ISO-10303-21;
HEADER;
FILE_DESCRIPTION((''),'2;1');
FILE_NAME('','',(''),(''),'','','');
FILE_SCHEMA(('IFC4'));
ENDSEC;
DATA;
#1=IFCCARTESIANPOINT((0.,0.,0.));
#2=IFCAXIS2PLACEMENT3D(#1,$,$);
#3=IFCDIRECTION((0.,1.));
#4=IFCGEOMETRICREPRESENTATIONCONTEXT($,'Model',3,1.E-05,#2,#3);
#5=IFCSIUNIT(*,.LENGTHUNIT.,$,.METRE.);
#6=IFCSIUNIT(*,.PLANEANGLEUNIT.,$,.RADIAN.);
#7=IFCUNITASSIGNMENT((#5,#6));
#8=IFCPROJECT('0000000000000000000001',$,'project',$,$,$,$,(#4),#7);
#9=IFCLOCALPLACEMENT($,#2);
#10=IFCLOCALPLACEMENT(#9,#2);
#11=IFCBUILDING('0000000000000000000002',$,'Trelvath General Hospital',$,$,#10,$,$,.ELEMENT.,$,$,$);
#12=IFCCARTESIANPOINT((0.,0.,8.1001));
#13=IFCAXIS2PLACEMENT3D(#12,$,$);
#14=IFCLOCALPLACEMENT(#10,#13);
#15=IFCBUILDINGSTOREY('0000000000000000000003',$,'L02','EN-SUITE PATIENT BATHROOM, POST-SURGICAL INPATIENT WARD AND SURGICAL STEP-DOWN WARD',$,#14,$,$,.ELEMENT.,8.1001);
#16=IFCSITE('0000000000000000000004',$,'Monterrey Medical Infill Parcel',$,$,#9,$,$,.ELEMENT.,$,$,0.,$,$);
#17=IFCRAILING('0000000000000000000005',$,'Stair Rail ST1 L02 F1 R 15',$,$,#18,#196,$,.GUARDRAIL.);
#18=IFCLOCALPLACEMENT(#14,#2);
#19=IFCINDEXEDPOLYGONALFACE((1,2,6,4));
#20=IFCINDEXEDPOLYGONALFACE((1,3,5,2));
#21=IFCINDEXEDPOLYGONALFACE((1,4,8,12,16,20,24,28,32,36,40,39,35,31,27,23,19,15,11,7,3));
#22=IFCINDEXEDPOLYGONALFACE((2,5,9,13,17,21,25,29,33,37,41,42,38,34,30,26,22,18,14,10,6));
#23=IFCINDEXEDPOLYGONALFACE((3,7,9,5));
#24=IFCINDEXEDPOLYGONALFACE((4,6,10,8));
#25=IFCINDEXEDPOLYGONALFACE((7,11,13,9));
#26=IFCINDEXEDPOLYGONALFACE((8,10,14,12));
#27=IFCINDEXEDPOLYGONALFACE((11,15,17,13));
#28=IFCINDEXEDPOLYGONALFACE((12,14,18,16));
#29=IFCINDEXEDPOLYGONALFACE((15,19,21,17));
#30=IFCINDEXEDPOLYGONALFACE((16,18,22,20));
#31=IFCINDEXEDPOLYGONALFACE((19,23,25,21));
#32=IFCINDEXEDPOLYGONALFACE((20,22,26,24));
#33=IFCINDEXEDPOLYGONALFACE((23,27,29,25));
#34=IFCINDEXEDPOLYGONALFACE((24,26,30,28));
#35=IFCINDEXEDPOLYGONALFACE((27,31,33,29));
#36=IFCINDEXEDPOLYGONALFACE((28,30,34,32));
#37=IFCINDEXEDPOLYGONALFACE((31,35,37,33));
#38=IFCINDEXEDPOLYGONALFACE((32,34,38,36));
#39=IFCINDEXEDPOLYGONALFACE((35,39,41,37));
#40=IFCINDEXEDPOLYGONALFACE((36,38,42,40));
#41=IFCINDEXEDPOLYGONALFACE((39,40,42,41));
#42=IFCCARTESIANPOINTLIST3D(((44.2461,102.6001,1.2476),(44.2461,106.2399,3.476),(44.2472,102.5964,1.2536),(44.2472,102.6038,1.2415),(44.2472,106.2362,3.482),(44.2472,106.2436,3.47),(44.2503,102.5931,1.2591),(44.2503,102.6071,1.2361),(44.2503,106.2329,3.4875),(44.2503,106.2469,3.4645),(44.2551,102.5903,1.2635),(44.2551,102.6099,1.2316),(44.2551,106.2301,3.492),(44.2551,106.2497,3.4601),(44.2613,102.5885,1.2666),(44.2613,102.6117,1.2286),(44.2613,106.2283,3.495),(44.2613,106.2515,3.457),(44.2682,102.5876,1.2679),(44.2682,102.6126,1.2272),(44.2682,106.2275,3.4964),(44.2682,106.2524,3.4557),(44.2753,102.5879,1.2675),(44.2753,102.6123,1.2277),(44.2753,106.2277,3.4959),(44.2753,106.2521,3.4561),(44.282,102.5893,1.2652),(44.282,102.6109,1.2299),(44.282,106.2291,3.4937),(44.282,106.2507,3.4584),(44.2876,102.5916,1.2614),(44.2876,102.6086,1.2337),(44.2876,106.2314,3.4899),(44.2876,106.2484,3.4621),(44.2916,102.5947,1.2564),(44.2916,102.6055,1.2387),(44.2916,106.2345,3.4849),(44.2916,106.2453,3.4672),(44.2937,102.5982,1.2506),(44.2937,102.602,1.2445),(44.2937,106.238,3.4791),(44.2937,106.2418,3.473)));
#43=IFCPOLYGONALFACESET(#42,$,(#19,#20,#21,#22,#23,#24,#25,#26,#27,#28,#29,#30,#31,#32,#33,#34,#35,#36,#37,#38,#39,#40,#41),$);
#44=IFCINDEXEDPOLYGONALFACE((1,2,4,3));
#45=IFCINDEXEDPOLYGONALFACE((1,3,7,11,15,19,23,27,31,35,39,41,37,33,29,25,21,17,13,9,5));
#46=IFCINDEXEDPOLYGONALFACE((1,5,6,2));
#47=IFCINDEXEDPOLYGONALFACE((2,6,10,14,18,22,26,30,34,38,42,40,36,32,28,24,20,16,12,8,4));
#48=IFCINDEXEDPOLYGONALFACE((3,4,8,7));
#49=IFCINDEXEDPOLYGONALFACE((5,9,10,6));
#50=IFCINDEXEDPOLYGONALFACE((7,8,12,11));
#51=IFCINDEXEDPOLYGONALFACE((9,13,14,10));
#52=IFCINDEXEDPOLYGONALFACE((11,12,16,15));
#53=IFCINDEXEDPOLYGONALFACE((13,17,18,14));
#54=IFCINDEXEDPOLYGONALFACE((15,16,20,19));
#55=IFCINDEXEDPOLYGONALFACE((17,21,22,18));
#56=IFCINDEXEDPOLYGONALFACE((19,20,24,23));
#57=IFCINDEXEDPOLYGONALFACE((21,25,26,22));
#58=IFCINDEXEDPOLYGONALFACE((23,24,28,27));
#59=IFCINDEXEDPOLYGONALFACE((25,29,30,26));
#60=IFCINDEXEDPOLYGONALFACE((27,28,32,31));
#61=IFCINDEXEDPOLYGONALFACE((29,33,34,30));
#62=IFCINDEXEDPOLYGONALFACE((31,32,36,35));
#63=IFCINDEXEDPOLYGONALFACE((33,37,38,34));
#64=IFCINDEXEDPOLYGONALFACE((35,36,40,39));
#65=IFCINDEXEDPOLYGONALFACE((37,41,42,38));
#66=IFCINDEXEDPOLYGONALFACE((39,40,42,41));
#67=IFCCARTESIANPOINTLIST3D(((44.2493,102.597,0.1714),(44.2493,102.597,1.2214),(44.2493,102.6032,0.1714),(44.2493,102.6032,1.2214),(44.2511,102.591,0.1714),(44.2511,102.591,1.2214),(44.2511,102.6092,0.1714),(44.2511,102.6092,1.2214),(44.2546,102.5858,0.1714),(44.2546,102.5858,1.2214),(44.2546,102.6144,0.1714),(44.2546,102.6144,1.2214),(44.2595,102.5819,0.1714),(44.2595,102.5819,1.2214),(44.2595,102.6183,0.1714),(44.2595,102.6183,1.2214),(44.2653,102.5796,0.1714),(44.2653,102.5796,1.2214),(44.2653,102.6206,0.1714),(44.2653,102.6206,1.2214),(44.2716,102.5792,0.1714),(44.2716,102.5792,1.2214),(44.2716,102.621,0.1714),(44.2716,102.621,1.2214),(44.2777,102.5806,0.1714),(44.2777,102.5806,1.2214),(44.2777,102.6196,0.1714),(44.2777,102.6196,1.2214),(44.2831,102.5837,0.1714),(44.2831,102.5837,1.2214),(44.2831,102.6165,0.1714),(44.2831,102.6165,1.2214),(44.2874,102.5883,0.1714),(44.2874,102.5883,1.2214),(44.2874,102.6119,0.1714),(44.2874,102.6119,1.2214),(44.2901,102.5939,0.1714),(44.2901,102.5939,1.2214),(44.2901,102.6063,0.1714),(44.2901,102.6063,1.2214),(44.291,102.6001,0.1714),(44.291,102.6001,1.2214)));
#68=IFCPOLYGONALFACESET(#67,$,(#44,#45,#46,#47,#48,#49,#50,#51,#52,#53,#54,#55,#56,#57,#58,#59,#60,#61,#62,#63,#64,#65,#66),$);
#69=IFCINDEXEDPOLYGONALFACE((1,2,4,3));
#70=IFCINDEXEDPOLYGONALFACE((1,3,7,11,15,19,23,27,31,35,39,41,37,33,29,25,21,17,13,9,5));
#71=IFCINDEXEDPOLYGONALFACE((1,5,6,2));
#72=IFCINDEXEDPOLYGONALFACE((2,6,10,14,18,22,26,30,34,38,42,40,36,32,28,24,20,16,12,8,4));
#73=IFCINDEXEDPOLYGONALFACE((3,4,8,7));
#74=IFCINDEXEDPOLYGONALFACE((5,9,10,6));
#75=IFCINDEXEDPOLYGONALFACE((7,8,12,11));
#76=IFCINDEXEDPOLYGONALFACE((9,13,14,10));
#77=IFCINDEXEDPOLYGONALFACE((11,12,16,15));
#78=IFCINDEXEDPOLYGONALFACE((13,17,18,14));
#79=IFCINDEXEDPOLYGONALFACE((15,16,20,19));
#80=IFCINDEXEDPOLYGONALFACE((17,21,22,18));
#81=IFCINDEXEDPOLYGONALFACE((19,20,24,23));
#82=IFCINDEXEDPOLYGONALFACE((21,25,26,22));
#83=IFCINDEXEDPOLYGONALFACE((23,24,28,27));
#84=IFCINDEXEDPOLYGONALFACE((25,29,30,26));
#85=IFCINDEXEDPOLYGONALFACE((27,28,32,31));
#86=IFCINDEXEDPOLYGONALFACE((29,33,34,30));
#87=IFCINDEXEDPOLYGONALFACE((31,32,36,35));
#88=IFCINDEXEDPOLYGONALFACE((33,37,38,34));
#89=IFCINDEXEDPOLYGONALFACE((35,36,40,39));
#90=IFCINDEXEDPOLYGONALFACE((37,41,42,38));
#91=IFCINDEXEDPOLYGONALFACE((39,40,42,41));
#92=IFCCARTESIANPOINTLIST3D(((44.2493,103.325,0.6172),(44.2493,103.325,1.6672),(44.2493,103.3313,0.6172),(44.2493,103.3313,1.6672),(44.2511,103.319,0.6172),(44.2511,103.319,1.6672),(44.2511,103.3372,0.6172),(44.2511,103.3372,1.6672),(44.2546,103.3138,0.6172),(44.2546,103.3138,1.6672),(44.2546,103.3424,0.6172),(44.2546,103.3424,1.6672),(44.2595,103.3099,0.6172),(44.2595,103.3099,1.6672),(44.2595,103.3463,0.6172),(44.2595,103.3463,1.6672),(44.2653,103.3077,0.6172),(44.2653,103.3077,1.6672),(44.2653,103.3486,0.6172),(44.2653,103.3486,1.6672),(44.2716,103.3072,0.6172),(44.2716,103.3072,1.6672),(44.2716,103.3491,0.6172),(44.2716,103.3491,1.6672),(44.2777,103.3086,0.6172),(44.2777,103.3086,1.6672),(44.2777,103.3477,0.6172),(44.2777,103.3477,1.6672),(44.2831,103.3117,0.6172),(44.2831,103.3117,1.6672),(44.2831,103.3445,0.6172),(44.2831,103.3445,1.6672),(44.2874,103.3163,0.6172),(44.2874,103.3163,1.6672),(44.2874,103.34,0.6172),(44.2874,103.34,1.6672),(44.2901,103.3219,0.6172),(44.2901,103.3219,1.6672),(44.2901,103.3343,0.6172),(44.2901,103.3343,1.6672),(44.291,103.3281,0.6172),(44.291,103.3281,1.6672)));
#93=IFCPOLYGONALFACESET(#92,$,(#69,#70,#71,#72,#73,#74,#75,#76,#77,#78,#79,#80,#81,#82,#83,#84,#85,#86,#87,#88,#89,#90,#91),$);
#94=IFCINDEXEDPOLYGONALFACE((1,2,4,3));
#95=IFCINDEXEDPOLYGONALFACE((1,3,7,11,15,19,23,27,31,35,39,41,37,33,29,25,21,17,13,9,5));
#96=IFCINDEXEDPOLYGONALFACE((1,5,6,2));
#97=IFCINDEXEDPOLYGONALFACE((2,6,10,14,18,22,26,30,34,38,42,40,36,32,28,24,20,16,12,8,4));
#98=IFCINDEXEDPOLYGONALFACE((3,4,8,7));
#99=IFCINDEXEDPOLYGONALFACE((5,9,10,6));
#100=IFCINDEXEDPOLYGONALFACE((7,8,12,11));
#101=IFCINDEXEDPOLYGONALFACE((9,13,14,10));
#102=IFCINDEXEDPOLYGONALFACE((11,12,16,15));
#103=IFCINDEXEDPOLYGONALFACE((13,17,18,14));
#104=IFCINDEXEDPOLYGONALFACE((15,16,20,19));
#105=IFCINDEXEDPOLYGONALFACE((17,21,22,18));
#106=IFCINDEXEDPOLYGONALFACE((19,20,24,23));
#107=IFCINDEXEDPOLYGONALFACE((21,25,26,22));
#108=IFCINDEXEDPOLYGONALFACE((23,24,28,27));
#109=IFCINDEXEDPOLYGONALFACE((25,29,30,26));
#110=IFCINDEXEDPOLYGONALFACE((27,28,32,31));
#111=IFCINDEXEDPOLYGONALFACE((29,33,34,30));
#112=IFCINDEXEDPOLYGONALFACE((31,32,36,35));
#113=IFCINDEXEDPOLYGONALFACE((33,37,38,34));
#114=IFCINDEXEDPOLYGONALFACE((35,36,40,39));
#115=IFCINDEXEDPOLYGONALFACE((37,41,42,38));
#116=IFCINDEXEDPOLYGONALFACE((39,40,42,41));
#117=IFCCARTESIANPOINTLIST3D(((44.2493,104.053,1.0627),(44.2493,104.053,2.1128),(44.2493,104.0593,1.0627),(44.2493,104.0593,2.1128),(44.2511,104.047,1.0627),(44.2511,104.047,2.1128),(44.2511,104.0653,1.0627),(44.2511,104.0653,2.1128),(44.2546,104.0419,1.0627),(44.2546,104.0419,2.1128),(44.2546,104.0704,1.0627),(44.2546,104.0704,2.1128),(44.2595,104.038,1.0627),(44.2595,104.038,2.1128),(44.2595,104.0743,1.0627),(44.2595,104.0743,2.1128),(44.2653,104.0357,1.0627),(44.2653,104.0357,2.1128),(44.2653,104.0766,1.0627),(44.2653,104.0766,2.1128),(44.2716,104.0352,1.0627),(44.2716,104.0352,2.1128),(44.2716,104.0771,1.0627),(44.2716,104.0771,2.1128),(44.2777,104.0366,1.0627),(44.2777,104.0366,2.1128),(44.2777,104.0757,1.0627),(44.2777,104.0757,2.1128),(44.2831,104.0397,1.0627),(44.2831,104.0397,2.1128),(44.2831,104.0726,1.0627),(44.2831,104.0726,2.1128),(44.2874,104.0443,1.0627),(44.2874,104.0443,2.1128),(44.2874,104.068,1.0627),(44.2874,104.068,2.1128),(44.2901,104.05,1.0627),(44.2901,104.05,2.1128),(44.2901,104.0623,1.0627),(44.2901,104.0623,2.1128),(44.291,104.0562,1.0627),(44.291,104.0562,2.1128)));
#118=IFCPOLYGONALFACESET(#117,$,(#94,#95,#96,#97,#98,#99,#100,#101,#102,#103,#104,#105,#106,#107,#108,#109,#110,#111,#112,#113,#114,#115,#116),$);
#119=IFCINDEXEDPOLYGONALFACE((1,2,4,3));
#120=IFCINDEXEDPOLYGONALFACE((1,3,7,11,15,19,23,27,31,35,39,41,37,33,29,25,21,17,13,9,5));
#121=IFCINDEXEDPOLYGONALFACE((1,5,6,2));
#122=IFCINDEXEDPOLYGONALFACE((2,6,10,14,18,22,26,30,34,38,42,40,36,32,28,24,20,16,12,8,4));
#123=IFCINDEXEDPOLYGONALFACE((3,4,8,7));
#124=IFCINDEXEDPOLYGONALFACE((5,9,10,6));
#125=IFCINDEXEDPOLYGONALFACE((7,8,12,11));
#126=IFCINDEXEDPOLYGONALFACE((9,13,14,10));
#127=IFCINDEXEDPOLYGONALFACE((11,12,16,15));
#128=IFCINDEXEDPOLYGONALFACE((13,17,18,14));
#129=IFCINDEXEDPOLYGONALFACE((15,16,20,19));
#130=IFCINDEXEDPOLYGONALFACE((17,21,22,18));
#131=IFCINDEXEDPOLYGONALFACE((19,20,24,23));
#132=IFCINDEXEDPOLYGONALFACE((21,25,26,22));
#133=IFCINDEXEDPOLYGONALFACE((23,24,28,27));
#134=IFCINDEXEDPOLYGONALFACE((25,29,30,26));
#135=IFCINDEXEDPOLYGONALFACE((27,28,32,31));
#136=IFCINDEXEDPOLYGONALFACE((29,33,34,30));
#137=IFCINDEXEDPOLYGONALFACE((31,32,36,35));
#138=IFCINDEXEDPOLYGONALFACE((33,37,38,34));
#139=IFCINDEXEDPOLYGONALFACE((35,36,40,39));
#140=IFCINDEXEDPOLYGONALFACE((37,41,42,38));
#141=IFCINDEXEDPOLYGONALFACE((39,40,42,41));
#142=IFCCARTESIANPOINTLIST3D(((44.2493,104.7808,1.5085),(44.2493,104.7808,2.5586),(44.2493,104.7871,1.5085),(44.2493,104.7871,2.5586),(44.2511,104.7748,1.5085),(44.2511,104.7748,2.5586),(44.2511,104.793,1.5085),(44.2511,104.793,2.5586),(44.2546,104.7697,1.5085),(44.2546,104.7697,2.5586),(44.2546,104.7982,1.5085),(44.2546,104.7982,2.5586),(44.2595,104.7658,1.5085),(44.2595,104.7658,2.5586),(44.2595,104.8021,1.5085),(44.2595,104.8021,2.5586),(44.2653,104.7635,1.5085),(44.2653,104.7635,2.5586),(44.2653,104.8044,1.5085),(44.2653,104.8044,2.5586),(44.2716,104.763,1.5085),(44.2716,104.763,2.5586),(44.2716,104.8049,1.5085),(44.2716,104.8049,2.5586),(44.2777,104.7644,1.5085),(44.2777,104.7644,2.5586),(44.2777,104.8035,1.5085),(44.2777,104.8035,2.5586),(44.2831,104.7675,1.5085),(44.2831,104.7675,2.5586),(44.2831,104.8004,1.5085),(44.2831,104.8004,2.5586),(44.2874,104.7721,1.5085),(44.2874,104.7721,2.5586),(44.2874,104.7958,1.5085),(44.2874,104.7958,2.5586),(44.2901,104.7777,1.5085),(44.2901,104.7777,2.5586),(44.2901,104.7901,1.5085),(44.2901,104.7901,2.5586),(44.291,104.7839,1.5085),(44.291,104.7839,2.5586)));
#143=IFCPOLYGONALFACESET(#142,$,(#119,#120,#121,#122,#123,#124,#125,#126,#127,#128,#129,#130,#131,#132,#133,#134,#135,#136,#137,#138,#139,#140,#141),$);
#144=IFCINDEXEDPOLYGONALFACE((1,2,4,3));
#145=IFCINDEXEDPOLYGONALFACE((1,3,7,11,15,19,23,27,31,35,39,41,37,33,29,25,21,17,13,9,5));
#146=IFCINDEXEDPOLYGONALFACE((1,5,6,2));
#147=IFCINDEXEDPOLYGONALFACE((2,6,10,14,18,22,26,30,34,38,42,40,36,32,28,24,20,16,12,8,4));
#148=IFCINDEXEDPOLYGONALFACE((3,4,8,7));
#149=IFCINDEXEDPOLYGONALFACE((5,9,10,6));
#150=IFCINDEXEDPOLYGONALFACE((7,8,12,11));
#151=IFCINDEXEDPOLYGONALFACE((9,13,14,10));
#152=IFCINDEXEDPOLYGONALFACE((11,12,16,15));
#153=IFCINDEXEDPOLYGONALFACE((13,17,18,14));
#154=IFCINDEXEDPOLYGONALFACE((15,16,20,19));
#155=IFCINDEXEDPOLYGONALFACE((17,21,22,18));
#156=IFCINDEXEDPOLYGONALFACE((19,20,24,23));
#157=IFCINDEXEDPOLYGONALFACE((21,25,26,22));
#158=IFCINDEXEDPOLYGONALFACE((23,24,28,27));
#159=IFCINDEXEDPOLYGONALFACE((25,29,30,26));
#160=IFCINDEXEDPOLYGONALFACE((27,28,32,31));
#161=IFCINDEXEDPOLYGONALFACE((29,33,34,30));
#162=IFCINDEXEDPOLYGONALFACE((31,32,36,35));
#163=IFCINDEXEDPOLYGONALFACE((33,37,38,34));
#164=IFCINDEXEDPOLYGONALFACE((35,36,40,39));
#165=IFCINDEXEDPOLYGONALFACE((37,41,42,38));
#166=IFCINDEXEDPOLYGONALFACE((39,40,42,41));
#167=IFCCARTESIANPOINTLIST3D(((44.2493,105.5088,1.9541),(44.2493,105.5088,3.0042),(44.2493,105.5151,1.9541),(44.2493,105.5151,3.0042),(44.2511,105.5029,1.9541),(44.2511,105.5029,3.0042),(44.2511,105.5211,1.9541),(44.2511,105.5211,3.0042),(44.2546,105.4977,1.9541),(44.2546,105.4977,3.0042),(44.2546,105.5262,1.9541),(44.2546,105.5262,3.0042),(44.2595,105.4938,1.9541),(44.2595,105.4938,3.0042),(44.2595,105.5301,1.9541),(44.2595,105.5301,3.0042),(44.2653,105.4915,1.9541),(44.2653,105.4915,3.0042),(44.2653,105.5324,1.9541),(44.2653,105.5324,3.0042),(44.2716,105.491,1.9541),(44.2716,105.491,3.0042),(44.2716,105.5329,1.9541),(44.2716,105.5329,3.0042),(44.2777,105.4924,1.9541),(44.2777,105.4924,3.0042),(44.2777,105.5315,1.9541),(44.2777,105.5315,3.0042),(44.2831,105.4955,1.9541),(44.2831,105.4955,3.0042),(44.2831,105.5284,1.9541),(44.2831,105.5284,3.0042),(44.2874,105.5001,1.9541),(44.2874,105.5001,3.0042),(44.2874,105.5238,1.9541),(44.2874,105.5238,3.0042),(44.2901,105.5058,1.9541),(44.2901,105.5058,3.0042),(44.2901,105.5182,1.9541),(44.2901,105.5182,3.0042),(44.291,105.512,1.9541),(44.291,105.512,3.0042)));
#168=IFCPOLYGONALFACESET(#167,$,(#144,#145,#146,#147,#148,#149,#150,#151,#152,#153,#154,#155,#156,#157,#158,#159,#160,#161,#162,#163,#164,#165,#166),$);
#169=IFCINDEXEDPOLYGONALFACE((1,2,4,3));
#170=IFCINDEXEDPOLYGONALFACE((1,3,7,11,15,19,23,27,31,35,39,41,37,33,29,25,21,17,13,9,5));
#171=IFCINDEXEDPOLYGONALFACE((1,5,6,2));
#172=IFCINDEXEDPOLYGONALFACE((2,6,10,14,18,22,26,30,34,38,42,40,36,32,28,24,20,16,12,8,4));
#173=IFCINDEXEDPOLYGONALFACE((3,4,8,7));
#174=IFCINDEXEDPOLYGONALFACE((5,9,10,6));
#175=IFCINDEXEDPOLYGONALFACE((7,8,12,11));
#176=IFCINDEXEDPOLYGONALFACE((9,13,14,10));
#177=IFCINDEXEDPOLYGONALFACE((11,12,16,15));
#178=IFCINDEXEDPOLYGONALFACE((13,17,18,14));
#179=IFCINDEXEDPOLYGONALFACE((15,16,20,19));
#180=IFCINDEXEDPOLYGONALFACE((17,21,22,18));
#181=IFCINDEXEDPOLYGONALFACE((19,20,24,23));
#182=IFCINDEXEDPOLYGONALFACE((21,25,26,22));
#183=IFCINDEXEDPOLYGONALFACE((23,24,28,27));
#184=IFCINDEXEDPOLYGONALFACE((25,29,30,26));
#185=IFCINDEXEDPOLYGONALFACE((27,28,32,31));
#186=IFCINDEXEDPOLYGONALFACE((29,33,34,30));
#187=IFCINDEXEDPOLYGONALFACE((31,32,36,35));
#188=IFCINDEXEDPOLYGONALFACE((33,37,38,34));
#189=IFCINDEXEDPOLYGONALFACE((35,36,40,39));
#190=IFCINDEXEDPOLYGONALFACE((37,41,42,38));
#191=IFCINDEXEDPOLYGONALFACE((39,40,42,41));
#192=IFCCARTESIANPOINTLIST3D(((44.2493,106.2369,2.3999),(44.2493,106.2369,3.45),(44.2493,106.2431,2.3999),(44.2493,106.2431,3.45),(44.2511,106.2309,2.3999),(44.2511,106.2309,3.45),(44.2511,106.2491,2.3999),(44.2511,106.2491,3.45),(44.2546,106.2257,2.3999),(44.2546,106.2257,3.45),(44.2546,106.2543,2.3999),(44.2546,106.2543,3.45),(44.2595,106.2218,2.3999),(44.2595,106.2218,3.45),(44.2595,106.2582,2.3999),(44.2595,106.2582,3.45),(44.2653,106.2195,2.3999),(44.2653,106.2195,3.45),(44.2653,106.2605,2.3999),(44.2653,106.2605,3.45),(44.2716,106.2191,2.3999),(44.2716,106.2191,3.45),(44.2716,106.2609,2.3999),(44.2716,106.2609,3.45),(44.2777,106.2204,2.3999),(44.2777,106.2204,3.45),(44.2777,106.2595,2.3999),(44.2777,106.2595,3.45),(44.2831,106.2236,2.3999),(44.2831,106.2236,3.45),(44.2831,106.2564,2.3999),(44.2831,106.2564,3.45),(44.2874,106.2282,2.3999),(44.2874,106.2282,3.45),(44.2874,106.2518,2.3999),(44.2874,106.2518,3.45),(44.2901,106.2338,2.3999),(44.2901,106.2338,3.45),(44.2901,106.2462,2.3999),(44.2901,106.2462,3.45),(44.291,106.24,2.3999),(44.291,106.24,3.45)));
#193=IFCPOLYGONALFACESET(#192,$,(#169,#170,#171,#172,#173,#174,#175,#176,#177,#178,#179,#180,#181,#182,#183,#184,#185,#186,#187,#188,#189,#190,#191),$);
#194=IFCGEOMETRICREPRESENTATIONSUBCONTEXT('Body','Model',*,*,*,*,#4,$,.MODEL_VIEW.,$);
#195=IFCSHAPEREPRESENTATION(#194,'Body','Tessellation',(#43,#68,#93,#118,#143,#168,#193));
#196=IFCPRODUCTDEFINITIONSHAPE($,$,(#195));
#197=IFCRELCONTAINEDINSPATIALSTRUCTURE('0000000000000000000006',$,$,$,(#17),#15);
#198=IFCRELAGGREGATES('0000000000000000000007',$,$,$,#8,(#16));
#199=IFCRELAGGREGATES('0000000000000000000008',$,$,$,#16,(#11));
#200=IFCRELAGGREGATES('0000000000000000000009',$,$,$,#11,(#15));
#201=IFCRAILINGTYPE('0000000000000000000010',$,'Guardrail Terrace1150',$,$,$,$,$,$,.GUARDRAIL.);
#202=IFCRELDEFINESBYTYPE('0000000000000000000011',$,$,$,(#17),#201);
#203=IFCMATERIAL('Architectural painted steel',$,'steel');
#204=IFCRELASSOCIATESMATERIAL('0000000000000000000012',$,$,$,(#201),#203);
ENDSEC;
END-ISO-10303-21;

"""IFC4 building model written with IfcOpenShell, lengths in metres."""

from ifc_helpers import new_model, si_unit, direction, frame, origin, origin_2d, place, context, subcontext, project, spatial, circle, extrude, material, type_object, element, save


model = new_model("IFC4")

# Units and contexts
model_context = context("Model", 3, precision=1e-05, world=origin(), true_north=direction((0.0, 1.0)))
body_context = subcontext(model_context, "Body", "Model", "MODEL_VIEW")
ifc_project = project(units=[si_unit("LENGTHUNIT", "METRE"), si_unit("PLANEANGLEUNIT", "RADIAN")], contexts=[model_context])

# Site, building, storey
site_placement = place(None, origin())
site = spatial("IfcSite", under=ifc_project, at=site_placement, Name="Monterrey Medical Infill Parcel", CompositionType="ELEMENT", RefElevation=0.0)
building_placement = place(site_placement, origin())
building = spatial("IfcBuilding", under=site, at=building_placement, Name="Trelvath General Hospital", CompositionType="ELEMENT")
storey_placement = place(building_placement, frame((0.0, 0.0, 8.1001)))
storey = spatial("IfcBuildingStorey", under=building, at=storey_placement, Name="L02", Description="EN-SUITE PATIENT BATHROOM, POST-SURGICAL INPATIENT WARD AND SURGICAL STEP-DOWN WARD", CompositionType="ELEMENT", Elevation=8.1001)

# Railing
ifc_material_1 = material(Name="Architectural painted steel", Category="steel")
railing_type_1 = type_object("IfcRailingType", Name="Guardrail Terrace1150", PredefinedType="GUARDRAIL", material=ifc_material_1)
railing_1_placement = place(storey_placement, frame((44.27, 102.6001, 0.1714)))
element("IfcRailing", 1, at=railing_1_placement, inside=storey, type_object=railing_type_1, Name="Stair Rail ST1 L02 F1 R 15", PredefinedType="GUARDRAIL", context=body_context, shape_type="SweptSolid", body=[
    extrude(circle(Radius=0.0239, at=origin_2d()), frame((0.0, 0.0, 1.0762), z_axis=(0.0, 0.85285, 0.522156), x_axis=(-1.0, 0.0, 0.0)), (0.0, 0.0, 1.0), 4.2678),
    extrude(circle(Radius=0.021, at=origin_2d()), origin(), (0.0, 0.0, 1.0), 1.05),
    extrude(circle(Radius=0.021, at=origin_2d()), frame((0.0, 0.728, 0.4458)), (0.0, 0.0, 1.0), 1.05),
    extrude(circle(Radius=0.021, at=origin_2d()), frame((0.0, 1.4561, 0.8914)), (0.0, 0.0, 1.0), 1.05),
    extrude(circle(Radius=0.021, at=origin_2d()), frame((0.0, 2.1838, 1.3372)), (0.0, 0.0, 1.0), 1.05),
    extrude(circle(Radius=0.021, at=origin_2d()), frame((0.0, 2.9119, 1.7827)), (0.0, 0.0, 1.0), 1.05),
    extrude(circle(Radius=0.021, at=origin_2d()), frame((0.0, 3.6399, 2.2285)), (0.0, 0.0, 1.0), 1.05),
])

save(model, "model.ifc")
